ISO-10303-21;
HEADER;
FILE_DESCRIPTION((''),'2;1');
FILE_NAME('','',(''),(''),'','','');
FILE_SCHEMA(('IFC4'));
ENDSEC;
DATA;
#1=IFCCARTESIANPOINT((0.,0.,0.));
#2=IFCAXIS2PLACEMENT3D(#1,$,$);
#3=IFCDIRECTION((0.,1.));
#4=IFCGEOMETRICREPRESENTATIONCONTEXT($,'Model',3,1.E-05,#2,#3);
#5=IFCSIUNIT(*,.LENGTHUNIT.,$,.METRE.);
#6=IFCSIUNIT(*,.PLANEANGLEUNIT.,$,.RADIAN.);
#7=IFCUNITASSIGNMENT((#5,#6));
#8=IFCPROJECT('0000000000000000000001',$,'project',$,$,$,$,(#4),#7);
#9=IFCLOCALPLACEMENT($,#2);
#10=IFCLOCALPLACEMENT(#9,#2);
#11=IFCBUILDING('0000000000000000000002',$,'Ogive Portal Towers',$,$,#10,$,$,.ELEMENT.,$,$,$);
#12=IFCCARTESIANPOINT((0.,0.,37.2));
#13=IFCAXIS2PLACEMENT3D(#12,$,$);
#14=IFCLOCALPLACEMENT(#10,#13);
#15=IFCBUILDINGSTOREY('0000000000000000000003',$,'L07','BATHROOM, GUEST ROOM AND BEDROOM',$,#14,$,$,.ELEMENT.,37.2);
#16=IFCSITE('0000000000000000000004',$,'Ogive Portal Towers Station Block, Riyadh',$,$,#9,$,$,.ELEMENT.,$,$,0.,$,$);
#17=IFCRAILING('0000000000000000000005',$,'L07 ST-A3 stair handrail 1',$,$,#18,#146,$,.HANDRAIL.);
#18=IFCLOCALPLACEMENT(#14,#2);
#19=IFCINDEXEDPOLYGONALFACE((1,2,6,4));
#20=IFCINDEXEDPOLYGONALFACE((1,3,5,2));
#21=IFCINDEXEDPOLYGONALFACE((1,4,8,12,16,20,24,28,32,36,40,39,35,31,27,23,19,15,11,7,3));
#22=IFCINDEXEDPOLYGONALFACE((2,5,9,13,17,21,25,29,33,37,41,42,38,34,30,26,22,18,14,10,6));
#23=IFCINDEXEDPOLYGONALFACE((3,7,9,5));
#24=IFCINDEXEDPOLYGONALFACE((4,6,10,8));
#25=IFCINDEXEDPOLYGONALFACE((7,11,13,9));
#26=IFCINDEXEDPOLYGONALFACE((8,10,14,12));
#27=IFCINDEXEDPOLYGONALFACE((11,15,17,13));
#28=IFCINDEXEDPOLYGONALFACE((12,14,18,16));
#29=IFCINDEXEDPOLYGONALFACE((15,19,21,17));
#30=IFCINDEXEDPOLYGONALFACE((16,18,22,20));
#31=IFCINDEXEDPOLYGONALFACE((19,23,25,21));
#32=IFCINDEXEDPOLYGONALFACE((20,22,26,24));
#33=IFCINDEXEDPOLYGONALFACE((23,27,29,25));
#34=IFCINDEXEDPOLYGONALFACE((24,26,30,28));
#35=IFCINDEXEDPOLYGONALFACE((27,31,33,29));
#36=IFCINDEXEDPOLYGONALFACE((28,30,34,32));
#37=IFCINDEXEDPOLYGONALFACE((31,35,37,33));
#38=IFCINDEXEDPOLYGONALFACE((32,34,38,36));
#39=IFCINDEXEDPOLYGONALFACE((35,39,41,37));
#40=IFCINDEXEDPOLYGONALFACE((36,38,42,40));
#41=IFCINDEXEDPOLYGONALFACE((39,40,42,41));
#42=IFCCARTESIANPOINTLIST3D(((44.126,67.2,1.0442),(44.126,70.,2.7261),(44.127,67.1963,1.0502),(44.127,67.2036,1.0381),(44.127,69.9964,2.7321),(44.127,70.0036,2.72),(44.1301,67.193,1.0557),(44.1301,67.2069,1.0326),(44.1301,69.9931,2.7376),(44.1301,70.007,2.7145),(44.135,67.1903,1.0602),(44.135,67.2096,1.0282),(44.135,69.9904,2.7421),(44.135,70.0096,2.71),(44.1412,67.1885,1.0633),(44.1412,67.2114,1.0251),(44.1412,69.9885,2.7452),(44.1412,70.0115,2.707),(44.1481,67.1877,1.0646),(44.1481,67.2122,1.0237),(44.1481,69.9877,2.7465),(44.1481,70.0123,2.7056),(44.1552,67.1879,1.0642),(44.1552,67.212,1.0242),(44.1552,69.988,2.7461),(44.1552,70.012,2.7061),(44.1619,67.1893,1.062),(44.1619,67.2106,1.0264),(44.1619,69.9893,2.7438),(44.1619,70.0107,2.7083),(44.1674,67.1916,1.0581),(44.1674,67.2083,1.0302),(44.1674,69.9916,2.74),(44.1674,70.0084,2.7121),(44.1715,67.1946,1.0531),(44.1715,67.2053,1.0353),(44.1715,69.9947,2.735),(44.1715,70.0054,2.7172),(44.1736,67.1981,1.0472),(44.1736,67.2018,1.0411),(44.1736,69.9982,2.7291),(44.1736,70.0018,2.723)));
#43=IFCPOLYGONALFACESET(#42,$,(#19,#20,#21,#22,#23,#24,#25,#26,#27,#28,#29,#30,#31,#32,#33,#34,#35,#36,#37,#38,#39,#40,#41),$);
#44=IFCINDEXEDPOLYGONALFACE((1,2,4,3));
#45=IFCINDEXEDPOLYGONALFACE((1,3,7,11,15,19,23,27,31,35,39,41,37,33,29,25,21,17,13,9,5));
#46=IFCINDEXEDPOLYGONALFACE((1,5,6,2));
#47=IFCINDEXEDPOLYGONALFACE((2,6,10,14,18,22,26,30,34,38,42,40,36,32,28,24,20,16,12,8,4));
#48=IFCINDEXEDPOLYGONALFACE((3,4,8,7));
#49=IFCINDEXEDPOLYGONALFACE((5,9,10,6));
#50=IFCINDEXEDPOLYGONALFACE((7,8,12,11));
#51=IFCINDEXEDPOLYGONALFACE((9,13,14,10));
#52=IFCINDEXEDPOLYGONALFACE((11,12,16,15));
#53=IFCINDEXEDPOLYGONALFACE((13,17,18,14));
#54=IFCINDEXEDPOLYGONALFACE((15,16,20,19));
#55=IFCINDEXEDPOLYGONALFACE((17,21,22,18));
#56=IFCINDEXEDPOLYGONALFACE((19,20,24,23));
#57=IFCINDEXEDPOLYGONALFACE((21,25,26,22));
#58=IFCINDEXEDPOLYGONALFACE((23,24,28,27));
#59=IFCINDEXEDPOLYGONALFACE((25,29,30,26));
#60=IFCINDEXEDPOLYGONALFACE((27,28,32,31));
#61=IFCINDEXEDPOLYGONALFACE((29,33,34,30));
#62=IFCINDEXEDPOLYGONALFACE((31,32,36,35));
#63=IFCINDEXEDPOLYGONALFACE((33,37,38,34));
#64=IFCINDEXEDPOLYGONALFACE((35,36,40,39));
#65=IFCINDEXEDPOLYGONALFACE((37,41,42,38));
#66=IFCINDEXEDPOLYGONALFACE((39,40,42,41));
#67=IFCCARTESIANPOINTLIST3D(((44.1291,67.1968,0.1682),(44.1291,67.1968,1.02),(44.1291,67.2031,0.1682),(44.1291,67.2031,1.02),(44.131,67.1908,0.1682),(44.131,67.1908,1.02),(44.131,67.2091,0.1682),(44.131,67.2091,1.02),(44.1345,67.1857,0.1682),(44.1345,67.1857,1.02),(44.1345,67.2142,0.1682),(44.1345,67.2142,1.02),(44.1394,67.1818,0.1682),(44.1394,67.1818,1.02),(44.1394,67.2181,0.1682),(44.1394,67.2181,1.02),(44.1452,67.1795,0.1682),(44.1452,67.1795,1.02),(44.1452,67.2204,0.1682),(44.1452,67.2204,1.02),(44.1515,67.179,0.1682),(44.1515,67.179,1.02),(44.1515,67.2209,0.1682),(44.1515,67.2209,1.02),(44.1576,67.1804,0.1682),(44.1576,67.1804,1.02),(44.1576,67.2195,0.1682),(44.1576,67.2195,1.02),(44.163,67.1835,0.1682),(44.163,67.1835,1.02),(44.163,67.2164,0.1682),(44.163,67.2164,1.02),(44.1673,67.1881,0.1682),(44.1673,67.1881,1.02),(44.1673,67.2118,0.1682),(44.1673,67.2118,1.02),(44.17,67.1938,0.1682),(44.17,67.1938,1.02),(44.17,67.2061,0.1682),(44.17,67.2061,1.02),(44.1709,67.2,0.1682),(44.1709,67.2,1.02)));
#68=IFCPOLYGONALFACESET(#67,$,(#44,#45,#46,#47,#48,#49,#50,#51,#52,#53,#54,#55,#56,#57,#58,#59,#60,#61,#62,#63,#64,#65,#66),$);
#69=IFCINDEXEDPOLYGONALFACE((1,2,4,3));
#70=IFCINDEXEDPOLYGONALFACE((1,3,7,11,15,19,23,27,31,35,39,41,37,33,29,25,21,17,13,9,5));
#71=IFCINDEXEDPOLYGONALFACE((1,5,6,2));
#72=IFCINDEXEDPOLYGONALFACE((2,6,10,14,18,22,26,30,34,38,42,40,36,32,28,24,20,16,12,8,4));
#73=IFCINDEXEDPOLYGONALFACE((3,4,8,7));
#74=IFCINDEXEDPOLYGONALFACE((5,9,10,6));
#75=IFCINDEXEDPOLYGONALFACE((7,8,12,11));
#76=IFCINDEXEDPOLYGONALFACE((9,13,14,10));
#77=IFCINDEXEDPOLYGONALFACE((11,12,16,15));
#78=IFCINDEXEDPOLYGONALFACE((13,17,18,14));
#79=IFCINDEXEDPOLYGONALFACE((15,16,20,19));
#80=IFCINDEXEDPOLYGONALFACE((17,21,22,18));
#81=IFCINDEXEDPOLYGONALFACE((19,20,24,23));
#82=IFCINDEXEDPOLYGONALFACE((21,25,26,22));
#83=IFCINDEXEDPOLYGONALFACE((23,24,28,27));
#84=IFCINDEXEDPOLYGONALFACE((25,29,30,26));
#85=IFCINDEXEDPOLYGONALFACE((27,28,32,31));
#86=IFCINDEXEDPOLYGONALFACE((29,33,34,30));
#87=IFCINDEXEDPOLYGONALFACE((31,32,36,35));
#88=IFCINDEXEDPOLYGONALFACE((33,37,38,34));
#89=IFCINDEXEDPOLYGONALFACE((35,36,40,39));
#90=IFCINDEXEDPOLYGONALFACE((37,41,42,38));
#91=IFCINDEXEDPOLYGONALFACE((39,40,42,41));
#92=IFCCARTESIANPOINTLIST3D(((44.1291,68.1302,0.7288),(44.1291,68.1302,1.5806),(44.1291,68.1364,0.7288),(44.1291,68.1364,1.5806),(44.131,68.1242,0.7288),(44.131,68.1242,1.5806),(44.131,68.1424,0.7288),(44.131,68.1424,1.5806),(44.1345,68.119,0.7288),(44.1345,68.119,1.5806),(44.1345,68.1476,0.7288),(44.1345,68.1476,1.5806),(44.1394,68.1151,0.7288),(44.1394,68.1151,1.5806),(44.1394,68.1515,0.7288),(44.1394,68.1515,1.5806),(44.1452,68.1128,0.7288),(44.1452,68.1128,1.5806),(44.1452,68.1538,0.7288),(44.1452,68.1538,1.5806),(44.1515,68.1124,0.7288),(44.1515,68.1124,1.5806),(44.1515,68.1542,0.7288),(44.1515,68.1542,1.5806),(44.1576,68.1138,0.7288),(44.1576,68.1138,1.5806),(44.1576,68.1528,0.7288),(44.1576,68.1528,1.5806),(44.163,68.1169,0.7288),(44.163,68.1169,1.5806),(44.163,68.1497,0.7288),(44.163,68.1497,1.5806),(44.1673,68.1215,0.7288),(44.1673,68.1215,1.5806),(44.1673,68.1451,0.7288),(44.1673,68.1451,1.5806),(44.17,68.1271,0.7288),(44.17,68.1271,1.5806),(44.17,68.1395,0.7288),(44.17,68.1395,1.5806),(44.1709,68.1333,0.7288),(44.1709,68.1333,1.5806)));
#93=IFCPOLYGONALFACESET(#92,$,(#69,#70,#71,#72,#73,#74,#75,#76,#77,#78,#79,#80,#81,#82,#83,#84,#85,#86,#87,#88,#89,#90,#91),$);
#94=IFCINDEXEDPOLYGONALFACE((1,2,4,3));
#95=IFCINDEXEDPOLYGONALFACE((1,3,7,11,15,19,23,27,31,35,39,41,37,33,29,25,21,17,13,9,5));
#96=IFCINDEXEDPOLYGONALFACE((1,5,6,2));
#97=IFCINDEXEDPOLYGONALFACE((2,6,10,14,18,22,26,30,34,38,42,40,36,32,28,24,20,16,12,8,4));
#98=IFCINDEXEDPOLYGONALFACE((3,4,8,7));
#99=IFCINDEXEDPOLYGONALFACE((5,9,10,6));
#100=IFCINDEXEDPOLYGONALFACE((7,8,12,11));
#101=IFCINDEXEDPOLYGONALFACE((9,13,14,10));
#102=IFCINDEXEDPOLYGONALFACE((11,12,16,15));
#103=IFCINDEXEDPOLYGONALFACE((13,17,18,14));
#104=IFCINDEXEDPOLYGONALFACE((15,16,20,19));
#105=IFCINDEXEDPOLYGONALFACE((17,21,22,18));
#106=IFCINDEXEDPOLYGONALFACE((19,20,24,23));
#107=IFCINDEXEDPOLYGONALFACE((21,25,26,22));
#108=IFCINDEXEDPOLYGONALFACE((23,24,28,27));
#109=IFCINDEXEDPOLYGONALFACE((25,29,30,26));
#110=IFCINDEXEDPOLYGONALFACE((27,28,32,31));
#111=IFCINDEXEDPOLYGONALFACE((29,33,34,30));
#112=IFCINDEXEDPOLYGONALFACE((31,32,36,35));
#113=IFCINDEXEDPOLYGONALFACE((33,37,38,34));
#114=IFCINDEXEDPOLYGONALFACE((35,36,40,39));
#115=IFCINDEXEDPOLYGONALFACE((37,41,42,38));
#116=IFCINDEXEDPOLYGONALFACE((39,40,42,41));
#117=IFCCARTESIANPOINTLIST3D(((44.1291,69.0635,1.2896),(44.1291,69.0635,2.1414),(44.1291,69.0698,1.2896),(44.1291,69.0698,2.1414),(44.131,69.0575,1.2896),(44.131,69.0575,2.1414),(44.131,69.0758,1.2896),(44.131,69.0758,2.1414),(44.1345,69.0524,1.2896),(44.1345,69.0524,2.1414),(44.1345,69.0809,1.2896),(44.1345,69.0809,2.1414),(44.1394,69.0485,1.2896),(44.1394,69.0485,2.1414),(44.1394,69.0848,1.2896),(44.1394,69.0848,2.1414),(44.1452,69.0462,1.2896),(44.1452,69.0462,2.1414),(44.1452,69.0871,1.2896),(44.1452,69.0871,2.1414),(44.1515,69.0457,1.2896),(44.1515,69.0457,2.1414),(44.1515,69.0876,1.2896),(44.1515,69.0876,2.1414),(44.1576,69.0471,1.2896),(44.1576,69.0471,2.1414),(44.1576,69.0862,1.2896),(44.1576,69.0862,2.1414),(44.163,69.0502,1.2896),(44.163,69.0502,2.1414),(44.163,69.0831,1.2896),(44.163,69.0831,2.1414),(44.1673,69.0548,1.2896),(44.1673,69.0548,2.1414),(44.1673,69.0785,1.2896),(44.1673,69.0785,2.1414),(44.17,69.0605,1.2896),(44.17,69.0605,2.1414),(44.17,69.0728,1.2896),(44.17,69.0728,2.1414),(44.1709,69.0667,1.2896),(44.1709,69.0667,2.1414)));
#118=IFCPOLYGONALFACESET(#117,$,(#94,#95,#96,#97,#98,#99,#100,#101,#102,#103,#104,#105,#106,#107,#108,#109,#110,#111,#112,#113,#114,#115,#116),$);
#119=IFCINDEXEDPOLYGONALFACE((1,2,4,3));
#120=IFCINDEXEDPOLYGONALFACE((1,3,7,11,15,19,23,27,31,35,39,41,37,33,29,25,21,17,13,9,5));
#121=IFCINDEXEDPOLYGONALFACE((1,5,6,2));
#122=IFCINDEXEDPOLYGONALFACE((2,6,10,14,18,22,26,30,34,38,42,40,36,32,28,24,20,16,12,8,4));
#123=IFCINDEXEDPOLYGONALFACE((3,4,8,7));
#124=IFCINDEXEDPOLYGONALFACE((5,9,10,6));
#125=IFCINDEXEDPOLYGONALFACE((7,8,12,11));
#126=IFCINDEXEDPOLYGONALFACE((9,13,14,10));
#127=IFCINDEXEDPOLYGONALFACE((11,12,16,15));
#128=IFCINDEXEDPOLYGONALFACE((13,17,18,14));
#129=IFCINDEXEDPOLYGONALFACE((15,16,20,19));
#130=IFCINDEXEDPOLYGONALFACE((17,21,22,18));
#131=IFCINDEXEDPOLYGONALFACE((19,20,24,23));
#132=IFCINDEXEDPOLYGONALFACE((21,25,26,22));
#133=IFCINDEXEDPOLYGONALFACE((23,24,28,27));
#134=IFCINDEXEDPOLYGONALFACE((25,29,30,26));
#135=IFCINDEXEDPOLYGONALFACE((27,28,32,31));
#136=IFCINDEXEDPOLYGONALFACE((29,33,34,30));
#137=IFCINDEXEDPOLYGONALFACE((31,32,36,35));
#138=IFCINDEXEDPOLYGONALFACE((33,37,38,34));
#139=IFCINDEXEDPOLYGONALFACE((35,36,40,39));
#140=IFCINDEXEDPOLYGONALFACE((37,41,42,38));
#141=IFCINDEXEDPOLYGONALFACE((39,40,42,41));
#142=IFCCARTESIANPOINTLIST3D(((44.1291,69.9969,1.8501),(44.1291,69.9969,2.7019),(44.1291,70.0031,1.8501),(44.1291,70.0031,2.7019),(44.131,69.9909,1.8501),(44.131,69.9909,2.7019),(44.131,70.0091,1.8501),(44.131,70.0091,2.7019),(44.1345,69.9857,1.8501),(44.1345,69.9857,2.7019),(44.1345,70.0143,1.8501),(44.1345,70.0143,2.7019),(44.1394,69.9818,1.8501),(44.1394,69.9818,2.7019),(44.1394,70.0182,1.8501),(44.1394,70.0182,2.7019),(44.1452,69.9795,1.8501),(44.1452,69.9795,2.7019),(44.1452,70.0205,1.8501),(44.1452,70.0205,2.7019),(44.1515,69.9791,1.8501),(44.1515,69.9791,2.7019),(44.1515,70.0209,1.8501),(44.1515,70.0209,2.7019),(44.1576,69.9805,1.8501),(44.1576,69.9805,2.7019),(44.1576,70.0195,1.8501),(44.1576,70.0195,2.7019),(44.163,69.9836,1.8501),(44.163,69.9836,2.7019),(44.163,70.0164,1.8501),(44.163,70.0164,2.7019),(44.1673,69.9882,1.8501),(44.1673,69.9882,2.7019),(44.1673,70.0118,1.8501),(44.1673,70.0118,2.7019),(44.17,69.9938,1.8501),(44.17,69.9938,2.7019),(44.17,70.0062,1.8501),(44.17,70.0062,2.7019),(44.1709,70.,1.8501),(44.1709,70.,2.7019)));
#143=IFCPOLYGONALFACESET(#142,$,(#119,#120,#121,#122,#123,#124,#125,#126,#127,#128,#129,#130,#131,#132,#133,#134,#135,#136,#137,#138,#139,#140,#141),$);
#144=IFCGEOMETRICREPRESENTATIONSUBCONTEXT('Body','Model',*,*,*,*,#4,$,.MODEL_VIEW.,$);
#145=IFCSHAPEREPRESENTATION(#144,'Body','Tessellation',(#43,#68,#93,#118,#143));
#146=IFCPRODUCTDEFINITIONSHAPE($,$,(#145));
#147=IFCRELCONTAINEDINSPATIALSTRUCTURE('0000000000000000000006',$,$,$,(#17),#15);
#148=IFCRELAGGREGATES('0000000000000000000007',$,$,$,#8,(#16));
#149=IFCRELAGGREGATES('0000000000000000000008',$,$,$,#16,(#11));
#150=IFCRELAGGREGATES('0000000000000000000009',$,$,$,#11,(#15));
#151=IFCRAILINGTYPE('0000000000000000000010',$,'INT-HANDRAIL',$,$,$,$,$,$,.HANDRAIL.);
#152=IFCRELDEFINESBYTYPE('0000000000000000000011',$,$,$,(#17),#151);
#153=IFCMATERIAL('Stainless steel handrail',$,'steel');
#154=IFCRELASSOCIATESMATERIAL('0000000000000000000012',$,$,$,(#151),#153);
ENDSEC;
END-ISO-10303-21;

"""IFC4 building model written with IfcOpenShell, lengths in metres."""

from ifc_helpers import new_model, si_unit, direction, frame, origin, origin_2d, place, context, subcontext, project, spatial, circle, extrude, material, type_object, element, save


model = new_model("IFC4")

# Units and contexts
model_context = context("Model", 3, precision=1e-05, world=origin(), true_north=direction((0.0, 1.0)))
body_context = subcontext(model_context, "Body", "Model", "MODEL_VIEW")
ifc_project = project(units=[si_unit("LENGTHUNIT", "METRE"), si_unit("PLANEANGLEUNIT", "RADIAN")], contexts=[model_context])

# Site, building, storey
site_placement = place(None, origin())
site = spatial("IfcSite", under=ifc_project, at=site_placement, Name="Ogive Portal Towers Station Block, Riyadh", CompositionType="ELEMENT", RefElevation=0.0)
building_placement = place(site_placement, origin())
building = spatial("IfcBuilding", under=site, at=building_placement, Name="Ogive Portal Towers", CompositionType="ELEMENT")
storey_placement = place(building_placement, frame((0.0, 0.0, 37.2)))
storey = spatial("IfcBuildingStorey", under=building, at=storey_placement, Name="L07", Description="BATHROOM, GUEST ROOM AND BEDROOM", CompositionType="ELEMENT", Elevation=37.2)

# Railing
ifc_material_1 = material(Name="Stainless steel handrail", Category="steel")
railing_type_1 = type_object("IfcRailingType", Name="INT-HANDRAIL", PredefinedType="HANDRAIL", material=ifc_material_1)
railing_1_placement = place(storey_placement, frame((44.1499, 67.2, 0.1682)))
element("IfcRailing", 1, at=railing_1_placement, inside=storey, type_object=railing_type_1, Name="L07 ST-A3 stair handrail 1", PredefinedType="HANDRAIL", context=body_context, shape_type="SweptSolid", body=[
    extrude(circle(Radius=0.0239, at=origin_2d()), frame((0.0, 0.0, 0.876), z_axis=(0.0, 0.857242, 0.514913), x_axis=(-1.0, 0.0, 0.0)), (0.0, 0.0, 1.0), 3.2664),
    extrude(circle(Radius=0.021, at=origin_2d()), origin(), (0.0, 0.0, 1.0), 0.8518),
    extrude(circle(Radius=0.021, at=origin_2d()), frame((0.0, 0.9333, 0.5605)), (0.0, 0.0, 1.0), 0.8518),
    extrude(circle(Radius=0.021, at=origin_2d()), frame((0.0, 1.8667, 1.1213)), (0.0, 0.0, 1.0), 0.8518),
    extrude(circle(Radius=0.021, at=origin_2d()), frame((0.0, 2.8, 1.6819)), (0.0, 0.0, 1.0), 0.8518),
])

save(model, "model.ifc")
